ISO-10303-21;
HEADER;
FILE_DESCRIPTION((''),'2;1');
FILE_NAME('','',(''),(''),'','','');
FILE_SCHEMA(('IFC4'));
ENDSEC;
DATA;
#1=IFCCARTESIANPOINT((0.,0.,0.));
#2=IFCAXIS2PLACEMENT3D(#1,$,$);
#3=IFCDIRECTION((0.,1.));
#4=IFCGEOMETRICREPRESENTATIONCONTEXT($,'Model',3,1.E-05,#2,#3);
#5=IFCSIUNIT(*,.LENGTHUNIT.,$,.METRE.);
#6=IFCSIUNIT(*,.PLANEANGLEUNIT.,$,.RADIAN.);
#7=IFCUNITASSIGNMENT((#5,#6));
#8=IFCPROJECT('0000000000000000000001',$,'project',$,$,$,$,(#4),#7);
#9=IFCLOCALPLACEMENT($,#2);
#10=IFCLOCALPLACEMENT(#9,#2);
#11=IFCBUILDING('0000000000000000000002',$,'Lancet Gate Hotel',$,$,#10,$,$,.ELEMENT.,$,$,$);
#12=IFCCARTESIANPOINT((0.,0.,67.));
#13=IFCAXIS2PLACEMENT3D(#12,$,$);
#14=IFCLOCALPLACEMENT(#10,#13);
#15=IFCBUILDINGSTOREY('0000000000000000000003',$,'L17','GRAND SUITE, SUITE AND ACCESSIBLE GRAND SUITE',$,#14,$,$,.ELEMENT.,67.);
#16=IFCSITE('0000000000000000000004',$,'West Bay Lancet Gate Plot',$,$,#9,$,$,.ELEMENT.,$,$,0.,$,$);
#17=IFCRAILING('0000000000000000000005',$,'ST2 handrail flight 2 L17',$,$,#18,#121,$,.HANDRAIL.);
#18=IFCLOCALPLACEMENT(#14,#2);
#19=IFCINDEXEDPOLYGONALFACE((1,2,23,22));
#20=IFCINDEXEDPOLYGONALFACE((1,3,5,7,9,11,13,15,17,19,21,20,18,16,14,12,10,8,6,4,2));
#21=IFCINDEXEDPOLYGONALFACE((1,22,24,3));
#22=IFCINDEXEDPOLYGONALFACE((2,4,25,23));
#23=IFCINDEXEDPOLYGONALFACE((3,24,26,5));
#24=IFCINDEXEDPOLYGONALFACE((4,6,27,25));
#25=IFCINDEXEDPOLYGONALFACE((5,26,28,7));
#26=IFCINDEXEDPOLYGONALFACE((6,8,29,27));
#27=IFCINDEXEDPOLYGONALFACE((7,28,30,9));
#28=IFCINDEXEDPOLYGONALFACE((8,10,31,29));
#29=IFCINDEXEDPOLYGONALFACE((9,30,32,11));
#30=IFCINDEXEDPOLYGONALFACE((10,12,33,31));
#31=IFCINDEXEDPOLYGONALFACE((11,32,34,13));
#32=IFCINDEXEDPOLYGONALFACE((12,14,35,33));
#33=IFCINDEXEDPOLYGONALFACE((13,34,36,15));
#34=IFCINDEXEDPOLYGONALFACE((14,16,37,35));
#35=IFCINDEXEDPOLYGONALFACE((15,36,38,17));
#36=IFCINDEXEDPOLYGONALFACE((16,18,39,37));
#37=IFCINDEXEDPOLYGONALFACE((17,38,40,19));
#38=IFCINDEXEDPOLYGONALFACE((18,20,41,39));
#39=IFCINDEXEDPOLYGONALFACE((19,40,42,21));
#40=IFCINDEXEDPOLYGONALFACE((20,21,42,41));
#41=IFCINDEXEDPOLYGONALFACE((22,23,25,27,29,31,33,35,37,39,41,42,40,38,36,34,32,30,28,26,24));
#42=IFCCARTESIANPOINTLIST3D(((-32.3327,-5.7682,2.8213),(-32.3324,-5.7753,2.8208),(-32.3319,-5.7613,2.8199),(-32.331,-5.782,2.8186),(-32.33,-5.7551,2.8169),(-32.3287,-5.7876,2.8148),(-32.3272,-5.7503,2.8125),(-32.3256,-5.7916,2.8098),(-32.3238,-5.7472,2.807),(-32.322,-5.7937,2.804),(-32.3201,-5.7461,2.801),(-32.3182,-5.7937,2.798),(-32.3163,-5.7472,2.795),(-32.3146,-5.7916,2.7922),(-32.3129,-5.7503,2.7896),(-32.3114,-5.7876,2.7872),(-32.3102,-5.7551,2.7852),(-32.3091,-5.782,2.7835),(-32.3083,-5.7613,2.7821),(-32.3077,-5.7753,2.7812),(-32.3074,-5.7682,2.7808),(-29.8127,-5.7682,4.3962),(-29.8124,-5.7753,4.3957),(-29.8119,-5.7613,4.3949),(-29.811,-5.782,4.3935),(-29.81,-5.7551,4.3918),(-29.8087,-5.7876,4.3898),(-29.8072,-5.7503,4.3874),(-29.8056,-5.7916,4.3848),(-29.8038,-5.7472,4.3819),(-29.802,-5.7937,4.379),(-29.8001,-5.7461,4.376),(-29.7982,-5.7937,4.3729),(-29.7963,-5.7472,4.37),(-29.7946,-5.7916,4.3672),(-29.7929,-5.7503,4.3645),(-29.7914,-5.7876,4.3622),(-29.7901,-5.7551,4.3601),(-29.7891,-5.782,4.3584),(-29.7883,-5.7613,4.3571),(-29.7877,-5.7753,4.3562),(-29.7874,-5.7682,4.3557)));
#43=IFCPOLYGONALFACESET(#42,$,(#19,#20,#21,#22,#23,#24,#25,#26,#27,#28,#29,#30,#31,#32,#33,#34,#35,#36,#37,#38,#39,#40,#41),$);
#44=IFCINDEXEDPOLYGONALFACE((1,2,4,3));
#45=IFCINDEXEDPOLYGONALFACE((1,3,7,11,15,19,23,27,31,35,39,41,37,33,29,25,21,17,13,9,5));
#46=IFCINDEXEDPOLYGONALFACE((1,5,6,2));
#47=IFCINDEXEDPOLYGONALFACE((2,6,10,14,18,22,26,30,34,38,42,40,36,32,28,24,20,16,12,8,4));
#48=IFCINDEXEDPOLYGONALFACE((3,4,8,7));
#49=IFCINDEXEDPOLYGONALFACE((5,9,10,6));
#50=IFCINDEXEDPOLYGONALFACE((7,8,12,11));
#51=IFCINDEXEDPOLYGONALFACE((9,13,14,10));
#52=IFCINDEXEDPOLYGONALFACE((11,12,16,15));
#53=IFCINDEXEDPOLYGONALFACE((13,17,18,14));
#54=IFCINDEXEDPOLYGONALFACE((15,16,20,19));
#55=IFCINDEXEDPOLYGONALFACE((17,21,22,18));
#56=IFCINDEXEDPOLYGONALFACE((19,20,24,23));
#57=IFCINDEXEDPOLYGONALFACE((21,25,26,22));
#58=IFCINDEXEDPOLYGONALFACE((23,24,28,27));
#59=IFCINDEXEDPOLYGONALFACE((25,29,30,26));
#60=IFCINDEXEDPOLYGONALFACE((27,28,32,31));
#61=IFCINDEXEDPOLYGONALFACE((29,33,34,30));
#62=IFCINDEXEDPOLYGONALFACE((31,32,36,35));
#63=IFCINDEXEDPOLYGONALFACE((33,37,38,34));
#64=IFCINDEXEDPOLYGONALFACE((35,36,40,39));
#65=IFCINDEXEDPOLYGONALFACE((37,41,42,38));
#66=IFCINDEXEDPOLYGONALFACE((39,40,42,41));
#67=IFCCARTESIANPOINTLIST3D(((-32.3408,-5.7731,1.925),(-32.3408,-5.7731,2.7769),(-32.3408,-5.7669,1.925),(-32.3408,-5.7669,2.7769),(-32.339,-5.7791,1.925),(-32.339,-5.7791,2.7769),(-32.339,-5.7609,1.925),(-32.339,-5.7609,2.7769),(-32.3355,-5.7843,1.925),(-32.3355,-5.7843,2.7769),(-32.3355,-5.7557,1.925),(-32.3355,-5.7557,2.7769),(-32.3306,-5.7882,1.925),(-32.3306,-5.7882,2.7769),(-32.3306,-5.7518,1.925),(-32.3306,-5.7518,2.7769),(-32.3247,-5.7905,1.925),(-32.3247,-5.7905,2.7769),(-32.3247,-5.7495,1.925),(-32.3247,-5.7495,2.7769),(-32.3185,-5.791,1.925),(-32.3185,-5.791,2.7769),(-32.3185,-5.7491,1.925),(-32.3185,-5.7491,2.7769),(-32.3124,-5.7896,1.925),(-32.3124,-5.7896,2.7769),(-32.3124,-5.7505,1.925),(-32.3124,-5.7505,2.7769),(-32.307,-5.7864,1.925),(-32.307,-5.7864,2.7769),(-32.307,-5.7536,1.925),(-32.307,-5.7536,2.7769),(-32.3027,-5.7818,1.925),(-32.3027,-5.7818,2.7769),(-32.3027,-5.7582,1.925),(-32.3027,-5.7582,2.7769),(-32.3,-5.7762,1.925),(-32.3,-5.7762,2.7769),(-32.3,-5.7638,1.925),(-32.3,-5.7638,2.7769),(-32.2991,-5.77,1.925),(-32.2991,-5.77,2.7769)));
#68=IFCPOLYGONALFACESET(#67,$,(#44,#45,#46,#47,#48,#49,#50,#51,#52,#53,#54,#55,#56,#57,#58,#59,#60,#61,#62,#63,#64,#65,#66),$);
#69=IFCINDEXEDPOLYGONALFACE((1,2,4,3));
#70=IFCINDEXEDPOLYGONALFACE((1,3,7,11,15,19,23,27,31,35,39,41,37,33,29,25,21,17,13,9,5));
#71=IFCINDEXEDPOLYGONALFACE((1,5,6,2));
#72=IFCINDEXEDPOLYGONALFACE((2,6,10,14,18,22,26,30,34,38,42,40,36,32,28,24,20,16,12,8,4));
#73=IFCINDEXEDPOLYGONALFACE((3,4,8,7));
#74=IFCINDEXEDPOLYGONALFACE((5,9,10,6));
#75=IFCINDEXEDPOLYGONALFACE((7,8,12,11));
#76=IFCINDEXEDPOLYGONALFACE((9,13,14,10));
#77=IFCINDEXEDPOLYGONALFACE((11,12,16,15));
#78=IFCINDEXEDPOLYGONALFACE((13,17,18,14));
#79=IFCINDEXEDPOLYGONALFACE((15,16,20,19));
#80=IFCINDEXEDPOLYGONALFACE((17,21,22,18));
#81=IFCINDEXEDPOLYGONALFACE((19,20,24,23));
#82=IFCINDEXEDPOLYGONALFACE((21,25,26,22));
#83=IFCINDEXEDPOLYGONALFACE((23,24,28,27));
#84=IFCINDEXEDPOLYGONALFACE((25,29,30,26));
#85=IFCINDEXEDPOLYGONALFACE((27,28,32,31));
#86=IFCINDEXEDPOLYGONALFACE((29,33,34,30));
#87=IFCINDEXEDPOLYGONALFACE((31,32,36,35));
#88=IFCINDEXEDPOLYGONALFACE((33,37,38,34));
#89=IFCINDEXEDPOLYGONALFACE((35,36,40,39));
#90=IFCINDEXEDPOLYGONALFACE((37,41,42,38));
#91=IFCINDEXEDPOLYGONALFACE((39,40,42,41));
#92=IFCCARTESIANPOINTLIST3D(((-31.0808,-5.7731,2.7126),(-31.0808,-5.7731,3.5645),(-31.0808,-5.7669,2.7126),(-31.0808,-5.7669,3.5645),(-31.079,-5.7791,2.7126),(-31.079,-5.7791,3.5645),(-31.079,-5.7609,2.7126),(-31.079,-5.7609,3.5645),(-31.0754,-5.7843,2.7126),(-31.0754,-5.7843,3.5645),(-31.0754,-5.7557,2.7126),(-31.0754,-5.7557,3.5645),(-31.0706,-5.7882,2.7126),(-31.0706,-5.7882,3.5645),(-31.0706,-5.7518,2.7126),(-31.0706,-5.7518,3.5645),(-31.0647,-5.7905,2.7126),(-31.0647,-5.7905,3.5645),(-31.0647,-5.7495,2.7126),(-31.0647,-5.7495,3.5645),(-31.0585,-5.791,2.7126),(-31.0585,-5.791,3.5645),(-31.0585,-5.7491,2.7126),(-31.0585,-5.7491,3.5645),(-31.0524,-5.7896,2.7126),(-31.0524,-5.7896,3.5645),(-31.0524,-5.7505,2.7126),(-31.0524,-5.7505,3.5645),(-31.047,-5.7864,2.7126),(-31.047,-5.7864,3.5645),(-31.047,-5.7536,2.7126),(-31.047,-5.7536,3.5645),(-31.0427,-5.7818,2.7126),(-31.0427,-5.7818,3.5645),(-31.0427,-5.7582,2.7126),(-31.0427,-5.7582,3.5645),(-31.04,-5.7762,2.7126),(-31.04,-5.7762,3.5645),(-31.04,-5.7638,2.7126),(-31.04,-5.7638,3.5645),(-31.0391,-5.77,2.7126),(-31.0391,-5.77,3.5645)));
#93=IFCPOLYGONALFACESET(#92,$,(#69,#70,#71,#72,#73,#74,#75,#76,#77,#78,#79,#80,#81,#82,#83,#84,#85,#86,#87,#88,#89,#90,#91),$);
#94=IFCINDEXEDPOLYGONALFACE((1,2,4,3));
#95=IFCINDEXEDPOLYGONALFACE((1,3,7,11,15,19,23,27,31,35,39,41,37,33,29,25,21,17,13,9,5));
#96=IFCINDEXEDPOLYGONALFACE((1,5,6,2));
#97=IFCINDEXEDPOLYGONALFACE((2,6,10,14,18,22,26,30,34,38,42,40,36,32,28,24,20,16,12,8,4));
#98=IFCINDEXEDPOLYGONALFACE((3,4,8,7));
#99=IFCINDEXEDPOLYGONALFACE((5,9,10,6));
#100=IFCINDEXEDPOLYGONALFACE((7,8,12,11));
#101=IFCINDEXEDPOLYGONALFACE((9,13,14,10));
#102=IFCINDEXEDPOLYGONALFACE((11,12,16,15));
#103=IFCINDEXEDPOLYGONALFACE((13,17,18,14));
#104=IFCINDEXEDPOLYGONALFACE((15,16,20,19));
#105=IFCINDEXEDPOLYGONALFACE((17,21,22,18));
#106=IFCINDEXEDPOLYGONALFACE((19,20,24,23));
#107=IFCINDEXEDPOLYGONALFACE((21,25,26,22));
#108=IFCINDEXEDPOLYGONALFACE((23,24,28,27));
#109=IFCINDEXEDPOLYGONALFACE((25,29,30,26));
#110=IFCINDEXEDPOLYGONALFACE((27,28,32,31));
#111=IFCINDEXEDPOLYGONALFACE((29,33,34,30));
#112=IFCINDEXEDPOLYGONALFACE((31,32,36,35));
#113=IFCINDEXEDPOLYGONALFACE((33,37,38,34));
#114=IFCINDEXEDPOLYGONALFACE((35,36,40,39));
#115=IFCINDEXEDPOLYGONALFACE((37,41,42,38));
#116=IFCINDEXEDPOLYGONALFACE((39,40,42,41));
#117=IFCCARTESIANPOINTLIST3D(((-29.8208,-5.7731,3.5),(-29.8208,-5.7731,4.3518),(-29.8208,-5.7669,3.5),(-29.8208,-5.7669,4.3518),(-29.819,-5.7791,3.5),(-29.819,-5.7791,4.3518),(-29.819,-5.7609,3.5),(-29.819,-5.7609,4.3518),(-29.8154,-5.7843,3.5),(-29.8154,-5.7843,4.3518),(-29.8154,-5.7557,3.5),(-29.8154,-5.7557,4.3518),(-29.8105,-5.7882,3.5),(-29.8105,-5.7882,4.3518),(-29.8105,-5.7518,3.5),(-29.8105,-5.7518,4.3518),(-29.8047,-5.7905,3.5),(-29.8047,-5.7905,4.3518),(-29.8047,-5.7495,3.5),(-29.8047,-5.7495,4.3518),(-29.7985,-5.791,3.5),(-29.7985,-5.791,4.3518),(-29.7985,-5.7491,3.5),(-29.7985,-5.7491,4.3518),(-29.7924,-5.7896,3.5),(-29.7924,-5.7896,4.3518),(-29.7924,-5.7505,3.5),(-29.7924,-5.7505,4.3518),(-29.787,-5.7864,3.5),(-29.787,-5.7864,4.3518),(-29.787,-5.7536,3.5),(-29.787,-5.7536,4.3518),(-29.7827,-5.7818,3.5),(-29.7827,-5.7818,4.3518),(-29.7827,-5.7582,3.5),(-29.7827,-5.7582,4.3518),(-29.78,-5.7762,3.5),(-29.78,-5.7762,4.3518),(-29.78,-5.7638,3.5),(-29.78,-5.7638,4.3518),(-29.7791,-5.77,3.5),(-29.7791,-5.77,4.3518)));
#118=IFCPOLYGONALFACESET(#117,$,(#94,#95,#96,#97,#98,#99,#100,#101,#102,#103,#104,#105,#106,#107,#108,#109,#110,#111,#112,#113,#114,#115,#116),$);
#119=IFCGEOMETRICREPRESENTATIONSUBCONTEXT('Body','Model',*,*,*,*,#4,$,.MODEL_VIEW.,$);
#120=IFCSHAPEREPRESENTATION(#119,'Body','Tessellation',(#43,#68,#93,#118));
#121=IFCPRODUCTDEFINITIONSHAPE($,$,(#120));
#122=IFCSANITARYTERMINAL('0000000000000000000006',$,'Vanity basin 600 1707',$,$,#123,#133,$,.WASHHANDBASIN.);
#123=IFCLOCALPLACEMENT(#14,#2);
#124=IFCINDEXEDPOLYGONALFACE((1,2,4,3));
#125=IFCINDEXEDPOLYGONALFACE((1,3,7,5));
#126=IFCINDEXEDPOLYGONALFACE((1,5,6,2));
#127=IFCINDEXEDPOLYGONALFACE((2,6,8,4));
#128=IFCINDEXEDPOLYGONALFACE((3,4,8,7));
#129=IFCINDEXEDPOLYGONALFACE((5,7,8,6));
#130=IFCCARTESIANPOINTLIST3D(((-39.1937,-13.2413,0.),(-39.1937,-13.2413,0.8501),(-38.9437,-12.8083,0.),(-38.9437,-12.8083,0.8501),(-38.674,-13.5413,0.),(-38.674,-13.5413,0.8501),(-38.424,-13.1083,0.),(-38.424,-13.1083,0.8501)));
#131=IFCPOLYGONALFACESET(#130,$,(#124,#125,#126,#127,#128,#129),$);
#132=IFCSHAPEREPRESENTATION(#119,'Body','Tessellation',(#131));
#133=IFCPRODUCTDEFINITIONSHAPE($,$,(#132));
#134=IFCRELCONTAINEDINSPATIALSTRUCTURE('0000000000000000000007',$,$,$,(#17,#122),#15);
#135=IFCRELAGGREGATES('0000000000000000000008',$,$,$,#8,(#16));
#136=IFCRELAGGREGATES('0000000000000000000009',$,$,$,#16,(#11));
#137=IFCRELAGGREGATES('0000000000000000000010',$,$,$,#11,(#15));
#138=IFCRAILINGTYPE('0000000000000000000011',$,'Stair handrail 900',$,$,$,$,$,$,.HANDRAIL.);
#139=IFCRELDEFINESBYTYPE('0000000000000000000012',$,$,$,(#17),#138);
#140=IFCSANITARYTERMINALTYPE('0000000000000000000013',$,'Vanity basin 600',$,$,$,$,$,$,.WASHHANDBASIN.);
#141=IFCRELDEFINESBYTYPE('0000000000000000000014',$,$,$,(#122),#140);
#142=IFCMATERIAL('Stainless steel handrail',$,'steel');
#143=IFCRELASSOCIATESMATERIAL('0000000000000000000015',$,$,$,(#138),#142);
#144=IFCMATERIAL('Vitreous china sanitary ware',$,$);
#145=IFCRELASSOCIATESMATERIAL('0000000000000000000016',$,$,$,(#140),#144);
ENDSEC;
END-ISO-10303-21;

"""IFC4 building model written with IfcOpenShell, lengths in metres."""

from ifc_helpers import new_model, si_unit, direction, frame, origin, origin_2d, place, context, subcontext, project, spatial, rectangle, circle, extrude, material, type_object, element, save


model = new_model("IFC4")

# Units and contexts
model_context = context("Model", 3, precision=1e-05, world=origin(), true_north=direction((0.0, 1.0)))
body_context = subcontext(model_context, "Body", "Model", "MODEL_VIEW")
ifc_project = project(units=[si_unit("LENGTHUNIT", "METRE"), si_unit("PLANEANGLEUNIT", "RADIAN")], contexts=[model_context])

# Site, building, storey
site_placement = place(None, origin())
site = spatial("IfcSite", under=ifc_project, at=site_placement, Name="West Bay Lancet Gate Plot", CompositionType="ELEMENT", RefElevation=0.0)
building_placement = place(site_placement, origin())
building = spatial("IfcBuilding", under=site, at=building_placement, Name="Lancet Gate Hotel", CompositionType="ELEMENT")
storey_placement = place(building_placement, frame((0.0, 0.0, 67.0)))
storey = spatial("IfcBuildingStorey", under=building, at=storey_placement, Name="L17", Description="GRAND SUITE, SUITE AND ACCESSIBLE GRAND SUITE", CompositionType="ELEMENT", Elevation=67.0)

# Railing
ifc_material_1 = material(Name="Stainless steel handrail", Category="steel")
railing_type = type_object("IfcRailingType", Name="Stair handrail 900", PredefinedType="HANDRAIL", material=ifc_material_1)
railing_1_placement = place(storey_placement, frame((-32.3201, -5.77, 1.925)))
element("IfcRailing", 1, at=railing_1_placement, inside=storey, type_object=railing_type, Name="ST2 handrail flight 2 L17", PredefinedType="HANDRAIL", context=body_context, shape_type="SweptSolid", body=[
    extrude(circle(Radius=0.0239, at=origin_2d()), frame((0.0, 0.0, 0.876), z_axis=(0.848008, 0.0, 0.529984), x_axis=(0.0, 1.0, 0.0)), (0.0, 0.0, 1.0), 2.9717),
    extrude(circle(Radius=0.021, at=origin_2d()), origin(), (0.0, 0.0, 1.0), 0.8518),
    extrude(circle(Radius=0.021, at=origin_2d()), frame((1.26, 0.0, 0.7876)), (0.0, 0.0, 1.0), 0.8518),
    extrude(circle(Radius=0.021, at=origin_2d()), frame((2.52, 0.0, 1.575)), (0.0, 0.0, 1.0), 0.8518),
])

# Sanitary terminal
ifc_material_2 = material(Name="Vitreous china sanitary ware")
sanitary_terminal_type = type_object("IfcSanitaryTerminalType", Name="Vanity basin 600", PredefinedType="WASHHANDBASIN", material=ifc_material_2)
sanitary_terminal_placement = place(storey_placement, frame((-38.8088, -13.1748, 0.0), z_axis=(0.0, 0.0, 1.0), x_axis=(-0.866025, 0.5, 0.0)))
element("IfcSanitaryTerminal", 2, at=sanitary_terminal_placement, inside=storey, type_object=sanitary_terminal_type, Name="Vanity basin 600 1707", PredefinedType="WASHHANDBASIN", context=body_context, shape_type="SweptSolid", body=[
    extrude(rectangle(XDim=0.6001, YDim=0.5, at=origin_2d()), origin(), (0.0, 0.0, 1.0), 0.8501),
])

save(model, "model.ifc")
